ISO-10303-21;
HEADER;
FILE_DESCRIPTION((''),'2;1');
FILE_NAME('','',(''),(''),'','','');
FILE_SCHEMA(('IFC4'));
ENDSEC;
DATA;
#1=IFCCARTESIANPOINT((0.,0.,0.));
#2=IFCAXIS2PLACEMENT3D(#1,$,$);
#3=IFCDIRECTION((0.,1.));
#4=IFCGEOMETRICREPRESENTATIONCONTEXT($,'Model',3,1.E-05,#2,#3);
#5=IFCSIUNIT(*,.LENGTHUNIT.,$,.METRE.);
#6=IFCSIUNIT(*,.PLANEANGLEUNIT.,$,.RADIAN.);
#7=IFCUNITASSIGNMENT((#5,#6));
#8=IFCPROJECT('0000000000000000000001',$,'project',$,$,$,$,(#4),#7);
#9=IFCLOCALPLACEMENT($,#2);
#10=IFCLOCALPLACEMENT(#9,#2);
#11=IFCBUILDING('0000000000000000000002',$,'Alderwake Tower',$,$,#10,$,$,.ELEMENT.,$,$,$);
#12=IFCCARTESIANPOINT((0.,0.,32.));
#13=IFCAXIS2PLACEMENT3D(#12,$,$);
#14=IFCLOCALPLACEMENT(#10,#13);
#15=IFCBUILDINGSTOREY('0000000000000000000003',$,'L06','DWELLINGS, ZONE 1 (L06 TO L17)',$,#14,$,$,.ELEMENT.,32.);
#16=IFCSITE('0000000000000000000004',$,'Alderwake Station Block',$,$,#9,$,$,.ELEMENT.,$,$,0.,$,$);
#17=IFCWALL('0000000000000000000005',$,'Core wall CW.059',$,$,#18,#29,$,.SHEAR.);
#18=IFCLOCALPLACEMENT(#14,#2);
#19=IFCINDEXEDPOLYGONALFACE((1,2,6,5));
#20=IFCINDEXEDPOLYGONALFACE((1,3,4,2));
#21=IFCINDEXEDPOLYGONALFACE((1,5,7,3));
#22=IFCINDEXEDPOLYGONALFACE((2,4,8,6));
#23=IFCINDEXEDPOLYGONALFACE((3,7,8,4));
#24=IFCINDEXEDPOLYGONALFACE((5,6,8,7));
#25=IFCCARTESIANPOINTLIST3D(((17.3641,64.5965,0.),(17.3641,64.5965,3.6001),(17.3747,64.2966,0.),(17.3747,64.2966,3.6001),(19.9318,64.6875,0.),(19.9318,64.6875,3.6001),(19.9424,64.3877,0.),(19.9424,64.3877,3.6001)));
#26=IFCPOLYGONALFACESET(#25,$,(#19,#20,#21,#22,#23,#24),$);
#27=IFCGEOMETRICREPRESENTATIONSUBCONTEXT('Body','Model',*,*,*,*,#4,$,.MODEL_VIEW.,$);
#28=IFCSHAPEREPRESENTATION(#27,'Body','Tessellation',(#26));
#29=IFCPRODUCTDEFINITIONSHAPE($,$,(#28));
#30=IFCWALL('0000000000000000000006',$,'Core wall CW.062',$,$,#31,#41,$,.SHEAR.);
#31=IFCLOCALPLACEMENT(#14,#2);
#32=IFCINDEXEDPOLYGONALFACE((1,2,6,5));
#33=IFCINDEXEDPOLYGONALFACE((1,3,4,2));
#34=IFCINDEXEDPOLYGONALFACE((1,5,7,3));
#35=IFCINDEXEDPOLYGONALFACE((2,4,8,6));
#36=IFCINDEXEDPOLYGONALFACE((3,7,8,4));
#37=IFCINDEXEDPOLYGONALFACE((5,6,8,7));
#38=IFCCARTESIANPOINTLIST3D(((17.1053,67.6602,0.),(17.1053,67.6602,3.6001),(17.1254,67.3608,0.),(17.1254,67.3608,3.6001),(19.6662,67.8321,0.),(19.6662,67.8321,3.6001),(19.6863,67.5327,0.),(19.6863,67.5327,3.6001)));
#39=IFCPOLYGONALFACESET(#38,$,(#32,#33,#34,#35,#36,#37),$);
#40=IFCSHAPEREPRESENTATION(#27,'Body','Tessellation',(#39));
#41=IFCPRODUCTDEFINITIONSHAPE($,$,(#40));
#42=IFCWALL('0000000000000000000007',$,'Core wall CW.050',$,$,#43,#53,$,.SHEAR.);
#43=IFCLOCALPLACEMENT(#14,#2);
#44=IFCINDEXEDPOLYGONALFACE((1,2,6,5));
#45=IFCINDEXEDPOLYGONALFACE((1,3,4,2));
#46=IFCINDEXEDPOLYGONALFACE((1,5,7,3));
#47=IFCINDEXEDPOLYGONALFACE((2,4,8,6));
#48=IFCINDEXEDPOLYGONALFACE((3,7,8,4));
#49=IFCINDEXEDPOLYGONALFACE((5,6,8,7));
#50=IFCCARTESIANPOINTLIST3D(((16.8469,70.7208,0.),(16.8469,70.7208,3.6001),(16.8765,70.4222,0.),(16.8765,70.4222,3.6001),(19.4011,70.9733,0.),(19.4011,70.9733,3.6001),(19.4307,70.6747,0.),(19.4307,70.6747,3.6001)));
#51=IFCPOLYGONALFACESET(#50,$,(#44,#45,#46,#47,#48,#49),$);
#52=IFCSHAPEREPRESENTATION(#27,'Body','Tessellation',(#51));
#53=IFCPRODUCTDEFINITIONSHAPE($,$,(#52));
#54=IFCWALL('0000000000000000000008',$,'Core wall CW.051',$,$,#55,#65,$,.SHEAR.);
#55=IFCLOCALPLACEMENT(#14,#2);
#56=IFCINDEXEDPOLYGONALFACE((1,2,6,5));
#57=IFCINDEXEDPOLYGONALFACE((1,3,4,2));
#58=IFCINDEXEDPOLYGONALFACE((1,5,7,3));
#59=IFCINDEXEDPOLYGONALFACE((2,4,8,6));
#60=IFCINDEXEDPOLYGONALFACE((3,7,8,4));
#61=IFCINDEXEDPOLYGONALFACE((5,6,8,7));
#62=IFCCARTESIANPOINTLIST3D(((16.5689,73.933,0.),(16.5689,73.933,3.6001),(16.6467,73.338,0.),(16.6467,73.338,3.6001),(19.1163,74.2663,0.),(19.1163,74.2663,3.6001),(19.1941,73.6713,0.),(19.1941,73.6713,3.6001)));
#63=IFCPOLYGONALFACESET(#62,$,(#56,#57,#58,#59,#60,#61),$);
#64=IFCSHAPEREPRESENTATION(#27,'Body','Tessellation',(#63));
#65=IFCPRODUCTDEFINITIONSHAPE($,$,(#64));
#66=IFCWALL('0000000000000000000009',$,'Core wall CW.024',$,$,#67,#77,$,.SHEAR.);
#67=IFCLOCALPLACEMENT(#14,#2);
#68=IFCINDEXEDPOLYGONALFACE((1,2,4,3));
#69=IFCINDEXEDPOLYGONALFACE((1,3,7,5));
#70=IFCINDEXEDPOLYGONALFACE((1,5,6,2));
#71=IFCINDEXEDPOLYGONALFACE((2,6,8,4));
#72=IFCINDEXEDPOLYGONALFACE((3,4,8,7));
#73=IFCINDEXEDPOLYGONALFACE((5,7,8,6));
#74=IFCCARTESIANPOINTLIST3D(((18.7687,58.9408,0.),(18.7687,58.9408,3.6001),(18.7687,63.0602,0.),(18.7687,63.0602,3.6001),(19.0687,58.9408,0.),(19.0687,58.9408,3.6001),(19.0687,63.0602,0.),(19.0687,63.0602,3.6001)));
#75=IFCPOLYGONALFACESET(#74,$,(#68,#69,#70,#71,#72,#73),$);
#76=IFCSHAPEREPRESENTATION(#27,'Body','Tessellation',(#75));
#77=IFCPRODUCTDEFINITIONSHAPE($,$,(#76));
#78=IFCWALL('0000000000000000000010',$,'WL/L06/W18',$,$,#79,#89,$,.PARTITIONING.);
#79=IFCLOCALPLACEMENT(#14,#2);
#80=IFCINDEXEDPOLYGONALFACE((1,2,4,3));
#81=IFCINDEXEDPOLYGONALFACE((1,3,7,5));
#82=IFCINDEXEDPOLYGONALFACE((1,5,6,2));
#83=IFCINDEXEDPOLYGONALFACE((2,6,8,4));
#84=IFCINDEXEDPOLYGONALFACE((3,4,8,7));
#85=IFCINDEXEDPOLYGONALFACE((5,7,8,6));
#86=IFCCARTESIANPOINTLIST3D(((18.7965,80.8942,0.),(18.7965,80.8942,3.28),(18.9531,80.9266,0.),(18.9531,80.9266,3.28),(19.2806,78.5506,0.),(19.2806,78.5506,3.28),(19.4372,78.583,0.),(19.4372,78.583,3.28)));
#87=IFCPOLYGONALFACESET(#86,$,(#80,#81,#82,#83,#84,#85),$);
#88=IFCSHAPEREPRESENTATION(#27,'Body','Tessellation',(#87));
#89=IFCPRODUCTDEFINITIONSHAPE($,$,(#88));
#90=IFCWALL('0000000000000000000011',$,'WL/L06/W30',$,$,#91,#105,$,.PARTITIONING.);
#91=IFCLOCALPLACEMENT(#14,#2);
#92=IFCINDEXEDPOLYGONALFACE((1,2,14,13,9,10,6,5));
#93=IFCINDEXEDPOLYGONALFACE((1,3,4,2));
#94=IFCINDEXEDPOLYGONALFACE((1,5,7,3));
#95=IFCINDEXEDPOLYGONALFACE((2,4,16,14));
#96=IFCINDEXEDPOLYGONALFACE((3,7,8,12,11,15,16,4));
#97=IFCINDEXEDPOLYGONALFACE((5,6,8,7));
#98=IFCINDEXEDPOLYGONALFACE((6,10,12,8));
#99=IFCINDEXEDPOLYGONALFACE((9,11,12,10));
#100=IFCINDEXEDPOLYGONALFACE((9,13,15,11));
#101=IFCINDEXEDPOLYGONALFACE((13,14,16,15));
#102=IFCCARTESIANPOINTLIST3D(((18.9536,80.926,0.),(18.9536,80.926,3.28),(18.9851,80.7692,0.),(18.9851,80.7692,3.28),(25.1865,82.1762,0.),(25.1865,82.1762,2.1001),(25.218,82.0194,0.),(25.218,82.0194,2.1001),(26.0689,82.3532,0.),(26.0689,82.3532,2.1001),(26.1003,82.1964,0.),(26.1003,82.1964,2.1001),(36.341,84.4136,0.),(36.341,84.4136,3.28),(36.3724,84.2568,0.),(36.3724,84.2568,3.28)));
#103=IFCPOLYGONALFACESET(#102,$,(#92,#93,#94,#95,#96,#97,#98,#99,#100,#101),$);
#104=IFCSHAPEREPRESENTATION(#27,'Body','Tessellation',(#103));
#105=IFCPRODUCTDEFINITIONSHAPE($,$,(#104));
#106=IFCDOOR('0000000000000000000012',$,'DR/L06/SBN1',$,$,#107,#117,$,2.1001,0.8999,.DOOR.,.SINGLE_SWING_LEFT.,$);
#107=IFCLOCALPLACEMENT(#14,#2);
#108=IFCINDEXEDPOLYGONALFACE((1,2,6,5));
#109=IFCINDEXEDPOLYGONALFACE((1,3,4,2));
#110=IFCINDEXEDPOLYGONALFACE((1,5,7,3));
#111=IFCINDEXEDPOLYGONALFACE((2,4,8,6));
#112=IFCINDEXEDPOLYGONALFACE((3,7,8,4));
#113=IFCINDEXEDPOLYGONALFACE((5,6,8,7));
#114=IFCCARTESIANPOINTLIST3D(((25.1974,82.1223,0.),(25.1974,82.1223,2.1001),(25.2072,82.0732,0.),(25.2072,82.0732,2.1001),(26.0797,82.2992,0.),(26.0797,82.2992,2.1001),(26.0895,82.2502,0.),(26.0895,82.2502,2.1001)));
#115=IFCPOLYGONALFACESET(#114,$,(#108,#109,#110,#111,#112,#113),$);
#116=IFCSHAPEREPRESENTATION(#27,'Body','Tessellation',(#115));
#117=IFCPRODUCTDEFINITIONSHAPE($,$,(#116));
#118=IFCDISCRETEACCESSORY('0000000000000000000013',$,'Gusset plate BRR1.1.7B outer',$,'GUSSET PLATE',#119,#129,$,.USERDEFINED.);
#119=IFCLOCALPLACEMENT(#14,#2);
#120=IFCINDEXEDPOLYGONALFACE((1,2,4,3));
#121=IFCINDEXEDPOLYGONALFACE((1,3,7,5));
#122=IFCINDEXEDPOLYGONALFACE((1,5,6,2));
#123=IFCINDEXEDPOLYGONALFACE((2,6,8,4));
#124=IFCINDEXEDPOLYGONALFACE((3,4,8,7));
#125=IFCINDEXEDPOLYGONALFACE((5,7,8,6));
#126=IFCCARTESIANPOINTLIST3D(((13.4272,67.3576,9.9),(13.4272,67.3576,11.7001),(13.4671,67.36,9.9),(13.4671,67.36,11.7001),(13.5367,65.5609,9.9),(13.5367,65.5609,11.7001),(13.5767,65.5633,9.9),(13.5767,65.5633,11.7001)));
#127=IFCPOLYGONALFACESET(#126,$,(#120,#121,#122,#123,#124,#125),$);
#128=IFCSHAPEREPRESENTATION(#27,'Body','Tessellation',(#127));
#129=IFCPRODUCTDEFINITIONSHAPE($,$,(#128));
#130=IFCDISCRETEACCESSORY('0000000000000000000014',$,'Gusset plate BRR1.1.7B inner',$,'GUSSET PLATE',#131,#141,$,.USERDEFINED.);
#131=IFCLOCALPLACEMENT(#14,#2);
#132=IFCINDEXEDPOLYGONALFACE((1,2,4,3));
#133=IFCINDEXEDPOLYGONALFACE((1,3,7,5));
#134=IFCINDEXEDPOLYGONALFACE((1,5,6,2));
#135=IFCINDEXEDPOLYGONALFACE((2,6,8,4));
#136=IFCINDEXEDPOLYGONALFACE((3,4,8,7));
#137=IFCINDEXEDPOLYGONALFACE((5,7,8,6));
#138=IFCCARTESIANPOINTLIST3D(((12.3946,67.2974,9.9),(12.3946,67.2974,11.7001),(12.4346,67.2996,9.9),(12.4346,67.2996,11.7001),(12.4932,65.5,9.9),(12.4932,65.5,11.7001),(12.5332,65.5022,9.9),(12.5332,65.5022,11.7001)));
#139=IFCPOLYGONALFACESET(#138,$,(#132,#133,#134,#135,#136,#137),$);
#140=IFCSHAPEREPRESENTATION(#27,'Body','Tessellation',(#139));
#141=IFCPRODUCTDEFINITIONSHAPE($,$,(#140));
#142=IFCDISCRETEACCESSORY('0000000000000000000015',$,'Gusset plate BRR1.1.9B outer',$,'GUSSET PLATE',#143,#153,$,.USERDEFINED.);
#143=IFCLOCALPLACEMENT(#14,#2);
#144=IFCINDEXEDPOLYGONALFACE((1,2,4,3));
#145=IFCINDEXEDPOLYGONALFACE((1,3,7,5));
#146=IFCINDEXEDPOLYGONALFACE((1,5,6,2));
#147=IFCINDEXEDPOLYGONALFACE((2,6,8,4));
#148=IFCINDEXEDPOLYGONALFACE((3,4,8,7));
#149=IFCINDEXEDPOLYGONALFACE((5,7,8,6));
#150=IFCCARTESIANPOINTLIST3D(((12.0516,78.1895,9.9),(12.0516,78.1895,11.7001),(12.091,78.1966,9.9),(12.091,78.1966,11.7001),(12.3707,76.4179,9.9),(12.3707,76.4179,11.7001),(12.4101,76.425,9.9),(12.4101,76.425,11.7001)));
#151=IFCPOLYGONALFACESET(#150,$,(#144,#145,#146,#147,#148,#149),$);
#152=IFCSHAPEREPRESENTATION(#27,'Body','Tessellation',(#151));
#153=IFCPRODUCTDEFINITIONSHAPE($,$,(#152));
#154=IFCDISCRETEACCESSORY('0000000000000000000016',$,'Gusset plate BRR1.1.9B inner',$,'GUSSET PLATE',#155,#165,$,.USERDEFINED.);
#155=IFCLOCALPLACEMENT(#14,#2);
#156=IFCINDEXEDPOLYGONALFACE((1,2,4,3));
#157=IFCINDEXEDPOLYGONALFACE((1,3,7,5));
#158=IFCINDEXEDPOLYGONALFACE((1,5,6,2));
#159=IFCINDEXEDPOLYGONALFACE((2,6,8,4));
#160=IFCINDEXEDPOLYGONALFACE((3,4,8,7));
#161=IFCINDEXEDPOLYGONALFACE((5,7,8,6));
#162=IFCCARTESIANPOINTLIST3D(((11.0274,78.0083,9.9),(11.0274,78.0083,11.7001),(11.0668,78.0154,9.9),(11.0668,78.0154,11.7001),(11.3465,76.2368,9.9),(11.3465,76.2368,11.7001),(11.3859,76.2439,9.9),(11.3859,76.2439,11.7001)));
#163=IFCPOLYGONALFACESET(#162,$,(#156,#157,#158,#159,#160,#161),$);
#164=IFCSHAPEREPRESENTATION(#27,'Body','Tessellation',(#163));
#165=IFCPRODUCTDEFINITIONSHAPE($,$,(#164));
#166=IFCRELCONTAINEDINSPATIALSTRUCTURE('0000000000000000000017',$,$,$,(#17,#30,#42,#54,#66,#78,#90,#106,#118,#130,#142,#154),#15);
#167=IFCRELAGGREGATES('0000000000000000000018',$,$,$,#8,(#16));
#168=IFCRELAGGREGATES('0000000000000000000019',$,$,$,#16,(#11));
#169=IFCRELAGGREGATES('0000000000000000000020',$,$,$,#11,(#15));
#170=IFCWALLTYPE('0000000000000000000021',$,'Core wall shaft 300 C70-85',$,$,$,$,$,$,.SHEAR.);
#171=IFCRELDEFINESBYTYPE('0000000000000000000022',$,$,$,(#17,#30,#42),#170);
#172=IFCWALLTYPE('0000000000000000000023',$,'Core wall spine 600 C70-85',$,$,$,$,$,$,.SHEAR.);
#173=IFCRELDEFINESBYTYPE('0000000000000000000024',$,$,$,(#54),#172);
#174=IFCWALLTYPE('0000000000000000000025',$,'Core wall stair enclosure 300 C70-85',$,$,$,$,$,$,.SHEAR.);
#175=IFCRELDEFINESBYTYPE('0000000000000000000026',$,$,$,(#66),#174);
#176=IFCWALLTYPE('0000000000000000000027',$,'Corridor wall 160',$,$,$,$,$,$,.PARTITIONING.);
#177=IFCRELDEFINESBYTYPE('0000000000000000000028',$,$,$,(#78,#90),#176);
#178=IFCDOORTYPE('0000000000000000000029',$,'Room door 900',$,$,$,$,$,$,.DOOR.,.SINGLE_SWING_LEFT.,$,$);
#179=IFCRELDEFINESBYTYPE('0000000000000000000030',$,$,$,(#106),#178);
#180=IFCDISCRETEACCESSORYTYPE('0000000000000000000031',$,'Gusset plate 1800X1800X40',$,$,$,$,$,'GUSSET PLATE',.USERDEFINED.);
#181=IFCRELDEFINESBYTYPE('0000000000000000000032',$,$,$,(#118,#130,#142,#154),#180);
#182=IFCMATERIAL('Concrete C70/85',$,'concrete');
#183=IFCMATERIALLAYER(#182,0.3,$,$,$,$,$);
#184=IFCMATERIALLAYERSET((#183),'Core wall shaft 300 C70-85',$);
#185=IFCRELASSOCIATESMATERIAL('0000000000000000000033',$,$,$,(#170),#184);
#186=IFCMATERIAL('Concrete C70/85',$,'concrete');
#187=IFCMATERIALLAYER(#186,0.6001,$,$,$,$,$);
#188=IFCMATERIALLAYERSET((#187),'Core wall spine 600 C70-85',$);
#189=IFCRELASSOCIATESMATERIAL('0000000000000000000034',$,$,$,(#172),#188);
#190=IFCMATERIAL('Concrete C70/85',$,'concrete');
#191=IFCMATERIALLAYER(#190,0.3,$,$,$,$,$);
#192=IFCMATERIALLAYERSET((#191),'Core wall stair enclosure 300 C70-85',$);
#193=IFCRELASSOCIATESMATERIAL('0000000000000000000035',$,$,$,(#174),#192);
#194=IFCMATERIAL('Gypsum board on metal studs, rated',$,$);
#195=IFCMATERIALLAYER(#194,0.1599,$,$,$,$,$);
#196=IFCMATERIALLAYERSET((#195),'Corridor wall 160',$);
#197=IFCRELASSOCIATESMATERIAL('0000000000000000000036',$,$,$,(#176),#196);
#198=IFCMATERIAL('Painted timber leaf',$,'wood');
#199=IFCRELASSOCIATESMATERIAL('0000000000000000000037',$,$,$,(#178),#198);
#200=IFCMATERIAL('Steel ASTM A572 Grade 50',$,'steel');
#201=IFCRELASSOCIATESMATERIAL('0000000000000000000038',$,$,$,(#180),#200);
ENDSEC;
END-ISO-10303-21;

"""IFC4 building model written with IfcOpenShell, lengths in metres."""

from ifc_helpers import new_model, si_unit, direction, frame, frame_2d, origin, origin_2d, place, context, subcontext, project, spatial, rectangle, extrude, material, layer, layer_set, material_profile, profile_set, type_object, element, fill, save


model = new_model("IFC4")

# Units and contexts
model_context = context("Model", 3, precision=1e-05, world=origin(), true_north=direction((0.0, 1.0)))
body_context = subcontext(model_context, "Body", "Model", "MODEL_VIEW")
ifc_project = project(units=[si_unit("LENGTHUNIT", "METRE"), si_unit("PLANEANGLEUNIT", "RADIAN")], contexts=[model_context])

# Site, building, storey
site_placement = place(None, origin())
site = spatial("IfcSite", under=ifc_project, at=site_placement, Name="Alderwake Station Block", CompositionType="ELEMENT", RefElevation=0.0)
building_placement = place(site_placement, origin())
building = spatial("IfcBuilding", under=site, at=building_placement, Name="Alderwake Tower", CompositionType="ELEMENT")
storey_placement = place(building_placement, frame((0.0, 0.0, 32.0)))
storey = spatial("IfcBuildingStorey", under=building, at=storey_placement, Name="L06", Description="DWELLINGS, ZONE 1 (L06 TO L17)", CompositionType="ELEMENT", Elevation=32.0)

# Walls
ifc_material_1 = material(Name="Concrete C70/85", Category="concrete")
ifc_layer_1 = layer(ifc_material_1, 0.3)
ifc_layer_set_1 = layer_set([ifc_layer_1], Name="Core wall shaft 300 C70-85")
wall_type_1 = type_object("IfcWallType", Name="Core wall shaft 300 C70-85", PredefinedType="SHEAR", material=ifc_layer_set_1)
wall_1_placement = place(storey_placement, frame((17.3694, 64.4465, 0.0), z_axis=(0.0, 0.0, 1.0), x_axis=(0.999372, 0.035444, 0.0)))
element("IfcWall", 1, at=wall_1_placement, inside=storey, type_object=wall_type_1, Name="Core wall CW.059", PredefinedType="SHEAR", context=body_context, shape_type="SweptSolid", body=[
    extrude(rectangle(XDim=2.5693, YDim=0.3, at=frame_2d((1.2847, 0.0))), origin(), (0.0, 0.0, 1.0), 3.6001),
])
for number, where, z_axis, x_axis, name in (
    (2, (17.1155, 67.5105, 0.0), (0.0, 0.0, 1.0), (0.997755, 0.066967, 0.0), "Core wall CW.062"),
    (3, (16.8618, 70.5715, 0.0), (0.0, 0.0, 1.0), (0.995151, 0.098355, 0.0), "Core wall CW.050"),
):
    element("IfcWall", number, at=place(storey_placement, frame(where, z_axis=z_axis, x_axis=x_axis)), inside=storey, type_object=wall_type_1, Name=name, PredefinedType="SHEAR", context=body_context, shape_type="SweptSolid", body=[
        extrude(rectangle(XDim=2.5667, YDim=0.3, at=frame_2d((1.2832, 0.0))), origin(), (0.0, 0.0, 1.0), 3.6001),
    ])
ifc_material_2 = material(Name="Concrete C70/85", Category="concrete")
ifc_layer_2 = layer(ifc_material_2, 0.6001)
ifc_layer_set_2 = layer_set([ifc_layer_2], Name="Core wall spine 600 C70-85")
wall_type_2 = type_object("IfcWallType", Name="Core wall spine 600 C70-85", PredefinedType="SHEAR", material=ifc_layer_set_2)
wall_2_placement = place(storey_placement, frame((16.6077, 73.6355, 0.0), z_axis=(0.0, 0.0, 1.0), x_axis=(0.991551, 0.129717, 0.0)))
element("IfcWall", 4, at=wall_2_placement, inside=storey, type_object=wall_type_2, Name="Core wall CW.051", PredefinedType="SHEAR", context=body_context, shape_type="SweptSolid", body=[
    extrude(rectangle(XDim=2.5691, YDim=0.6001, at=frame_2d((1.2847, 0.0))), origin(), (0.0, 0.0, 1.0), 3.6001),
])
ifc_material_3 = material(Name="Concrete C70/85", Category="concrete")
ifc_layer_3 = layer(ifc_material_3, 0.3)
ifc_layer_set_3 = layer_set([ifc_layer_3], Name="Core wall stair enclosure 300 C70-85")
wall_type_3 = type_object("IfcWallType", Name="Core wall stair enclosure 300 C70-85", PredefinedType="SHEAR", material=ifc_layer_set_3)
wall_3_placement = place(storey_placement, frame((18.9187, 58.9409, 0.0), z_axis=(0.0, 0.0, 1.0), x_axis=(0.0, 1.0, 0.0)))
element("IfcWall", 5, at=wall_3_placement, inside=storey, type_object=wall_type_3, Name="Core wall CW.024", PredefinedType="SHEAR", context=body_context, shape_type="SweptSolid", body=[
    extrude(rectangle(XDim=4.1194, YDim=0.3, at=frame_2d((2.0596, 0.0))), origin(), (0.0, 0.0, 1.0), 3.6001),
])
ifc_material_4 = material(Name="Gypsum board on metal studs, rated")
ifc_layer_4 = layer(ifc_material_4, 0.1599)
ifc_layer_set_4 = layer_set([ifc_layer_4], Name="Corridor wall 160")
wall_type_4 = type_object("IfcWallType", Name="Corridor wall 160", PredefinedType="PARTITIONING", material=ifc_layer_set_4)
wall_4_placement = place(storey_placement, frame((18.8748, 80.9104, 0.0), z_axis=(0.0, 0.0, 1.0), x_axis=(0.202312, -0.979321, 0.0)))
element("IfcWall", 6, at=wall_4_placement, inside=storey, type_object=wall_type_4, Name="WL/L06/W18", PredefinedType="PARTITIONING", context=body_context, shape_type="SweptSolid", body=[
    extrude(rectangle(XDim=2.3931, YDim=0.1599, at=frame_2d((1.1965, 0.0))), origin(), (0.0, 0.0, 1.0), 3.28),
])

# Wall, opening, door
wall_5_placement = place(storey_placement, frame((18.9695, 80.8477, 0.0), z_axis=(0.0, 0.0, 1.0), x_axis=(0.980471, 0.196664, 0.0)))
wall_5 = element("IfcWall", 7, at=wall_5_placement, inside=storey, type_object=wall_type_4, Name="WL/L06/W30", PredefinedType="PARTITIONING", context=body_context, shape_type="SweptSolid", body=[
    extrude(rectangle(XDim=17.7336, YDim=0.1599, at=frame_2d((8.8667, 0.0))), origin(), (0.0, 0.0, 1.0), 3.28),
])
opening_1_placement = place(wall_5_placement, frame((6.3569, 0.0, 0.0)))
opening_1 = element("IfcOpeningElement", 8, at=opening_1_placement, cuts=wall_5, PredefinedType="OPENING", context=body_context, shape_type="SweptSolid", body=[
    extrude(rectangle(XDim=0.8999, YDim=2.1001, at=frame_2d((0.45, 1.05))), frame((0.0, 0.0898, 0.0), z_axis=(0.0, -1.0, 0.0), x_axis=(1.0, 0.0, 0.0)), (0.0, 0.0, 1.0), 0.1799),
])
ifc_material_5 = material(Name="Painted timber leaf", Category="wood")
door_type_1 = type_object("IfcDoorType", Name="Room door 900", OperationType="SINGLE_SWING_LEFT", PredefinedType="DOOR", material=ifc_material_5)
door_1_placement = place(opening_1_placement, origin())
door_1 = element("IfcDoor", 9, at=door_1_placement, inside=storey, type_object=door_type_1, Name="DR/L06/SBN1", OperationType="SINGLE_SWING_LEFT", OverallHeight=2.1001, OverallWidth=0.8999, PredefinedType="DOOR", context=body_context, shape_type="SweptSolid", body=[
    extrude(rectangle(XDim=0.8999, YDim=2.1001, at=frame_2d((0.45, 1.05))), frame((0.0, 0.0249, 0.0), z_axis=(0.0, -1.0, 0.0), x_axis=(1.0, 0.0, 0.0)), (0.0, 0.0, 1.0), 0.05),
])
fill(opening_1, door_1)

# Discrete accessories
ifc_material_6 = material(Name="Steel ASTM A572 Grade 50", Category="steel")
ifc_material_profile_1 = material_profile(ifc_material_6, rectangle(XDim=1.8, YDim=1.8, at=origin_2d()), Name="gusset 1800X1800")
ifc_profile_set_1 = profile_set([ifc_material_profile_1], Name="Steel ASTM A572 Grade 50")
discrete_accessory_type = type_object("IfcDiscreteAccessoryType", Name="Gusset plate 1800X1800X40", ElementType="GUSSET PLATE", PredefinedType="USERDEFINED", material=ifc_profile_set_1)
for number, where, z_axis, x_axis, name in (
    (10, (13.4819, 66.4592, 10.8), (0.998146, 0.060863, 0.0), (-0.060863, 0.998146, 0.0), "Gusset plate BRR1.1.7B outer"),
    (11, (12.4839, 66.4009, 10.8), (-0.998498, -0.054796, 0.0), (0.054796, -0.998498, 0.0), "Gusset plate BRR1.1.7B inner"),
    (12, (12.2112, 77.3037, 10.8), (0.984162, 0.177271, 0.0), (-0.177271, 0.984162, 0.0), "Gusset plate BRR1.1.9B outer"),
    (13, (11.2263, 77.1296, 10.8), (-0.984162, -0.177271, 0.0), (0.177271, -0.984162, 0.0), "Gusset plate BRR1.1.9B inner"),
):
    element("IfcDiscreteAccessory", number, at=place(storey_placement, frame(where, z_axis=z_axis, x_axis=x_axis)), inside=storey, type_object=discrete_accessory_type, Name=name, ObjectType="GUSSET PLATE", PredefinedType="USERDEFINED", context=body_context, shape_type="SweptSolid", body=[
        extrude(rectangle(XDim=1.8, YDim=1.8, at=origin_2d()), origin(), (0.0, 0.0, 1.0), 0.04),
    ])

save(model, "model.ifc")
